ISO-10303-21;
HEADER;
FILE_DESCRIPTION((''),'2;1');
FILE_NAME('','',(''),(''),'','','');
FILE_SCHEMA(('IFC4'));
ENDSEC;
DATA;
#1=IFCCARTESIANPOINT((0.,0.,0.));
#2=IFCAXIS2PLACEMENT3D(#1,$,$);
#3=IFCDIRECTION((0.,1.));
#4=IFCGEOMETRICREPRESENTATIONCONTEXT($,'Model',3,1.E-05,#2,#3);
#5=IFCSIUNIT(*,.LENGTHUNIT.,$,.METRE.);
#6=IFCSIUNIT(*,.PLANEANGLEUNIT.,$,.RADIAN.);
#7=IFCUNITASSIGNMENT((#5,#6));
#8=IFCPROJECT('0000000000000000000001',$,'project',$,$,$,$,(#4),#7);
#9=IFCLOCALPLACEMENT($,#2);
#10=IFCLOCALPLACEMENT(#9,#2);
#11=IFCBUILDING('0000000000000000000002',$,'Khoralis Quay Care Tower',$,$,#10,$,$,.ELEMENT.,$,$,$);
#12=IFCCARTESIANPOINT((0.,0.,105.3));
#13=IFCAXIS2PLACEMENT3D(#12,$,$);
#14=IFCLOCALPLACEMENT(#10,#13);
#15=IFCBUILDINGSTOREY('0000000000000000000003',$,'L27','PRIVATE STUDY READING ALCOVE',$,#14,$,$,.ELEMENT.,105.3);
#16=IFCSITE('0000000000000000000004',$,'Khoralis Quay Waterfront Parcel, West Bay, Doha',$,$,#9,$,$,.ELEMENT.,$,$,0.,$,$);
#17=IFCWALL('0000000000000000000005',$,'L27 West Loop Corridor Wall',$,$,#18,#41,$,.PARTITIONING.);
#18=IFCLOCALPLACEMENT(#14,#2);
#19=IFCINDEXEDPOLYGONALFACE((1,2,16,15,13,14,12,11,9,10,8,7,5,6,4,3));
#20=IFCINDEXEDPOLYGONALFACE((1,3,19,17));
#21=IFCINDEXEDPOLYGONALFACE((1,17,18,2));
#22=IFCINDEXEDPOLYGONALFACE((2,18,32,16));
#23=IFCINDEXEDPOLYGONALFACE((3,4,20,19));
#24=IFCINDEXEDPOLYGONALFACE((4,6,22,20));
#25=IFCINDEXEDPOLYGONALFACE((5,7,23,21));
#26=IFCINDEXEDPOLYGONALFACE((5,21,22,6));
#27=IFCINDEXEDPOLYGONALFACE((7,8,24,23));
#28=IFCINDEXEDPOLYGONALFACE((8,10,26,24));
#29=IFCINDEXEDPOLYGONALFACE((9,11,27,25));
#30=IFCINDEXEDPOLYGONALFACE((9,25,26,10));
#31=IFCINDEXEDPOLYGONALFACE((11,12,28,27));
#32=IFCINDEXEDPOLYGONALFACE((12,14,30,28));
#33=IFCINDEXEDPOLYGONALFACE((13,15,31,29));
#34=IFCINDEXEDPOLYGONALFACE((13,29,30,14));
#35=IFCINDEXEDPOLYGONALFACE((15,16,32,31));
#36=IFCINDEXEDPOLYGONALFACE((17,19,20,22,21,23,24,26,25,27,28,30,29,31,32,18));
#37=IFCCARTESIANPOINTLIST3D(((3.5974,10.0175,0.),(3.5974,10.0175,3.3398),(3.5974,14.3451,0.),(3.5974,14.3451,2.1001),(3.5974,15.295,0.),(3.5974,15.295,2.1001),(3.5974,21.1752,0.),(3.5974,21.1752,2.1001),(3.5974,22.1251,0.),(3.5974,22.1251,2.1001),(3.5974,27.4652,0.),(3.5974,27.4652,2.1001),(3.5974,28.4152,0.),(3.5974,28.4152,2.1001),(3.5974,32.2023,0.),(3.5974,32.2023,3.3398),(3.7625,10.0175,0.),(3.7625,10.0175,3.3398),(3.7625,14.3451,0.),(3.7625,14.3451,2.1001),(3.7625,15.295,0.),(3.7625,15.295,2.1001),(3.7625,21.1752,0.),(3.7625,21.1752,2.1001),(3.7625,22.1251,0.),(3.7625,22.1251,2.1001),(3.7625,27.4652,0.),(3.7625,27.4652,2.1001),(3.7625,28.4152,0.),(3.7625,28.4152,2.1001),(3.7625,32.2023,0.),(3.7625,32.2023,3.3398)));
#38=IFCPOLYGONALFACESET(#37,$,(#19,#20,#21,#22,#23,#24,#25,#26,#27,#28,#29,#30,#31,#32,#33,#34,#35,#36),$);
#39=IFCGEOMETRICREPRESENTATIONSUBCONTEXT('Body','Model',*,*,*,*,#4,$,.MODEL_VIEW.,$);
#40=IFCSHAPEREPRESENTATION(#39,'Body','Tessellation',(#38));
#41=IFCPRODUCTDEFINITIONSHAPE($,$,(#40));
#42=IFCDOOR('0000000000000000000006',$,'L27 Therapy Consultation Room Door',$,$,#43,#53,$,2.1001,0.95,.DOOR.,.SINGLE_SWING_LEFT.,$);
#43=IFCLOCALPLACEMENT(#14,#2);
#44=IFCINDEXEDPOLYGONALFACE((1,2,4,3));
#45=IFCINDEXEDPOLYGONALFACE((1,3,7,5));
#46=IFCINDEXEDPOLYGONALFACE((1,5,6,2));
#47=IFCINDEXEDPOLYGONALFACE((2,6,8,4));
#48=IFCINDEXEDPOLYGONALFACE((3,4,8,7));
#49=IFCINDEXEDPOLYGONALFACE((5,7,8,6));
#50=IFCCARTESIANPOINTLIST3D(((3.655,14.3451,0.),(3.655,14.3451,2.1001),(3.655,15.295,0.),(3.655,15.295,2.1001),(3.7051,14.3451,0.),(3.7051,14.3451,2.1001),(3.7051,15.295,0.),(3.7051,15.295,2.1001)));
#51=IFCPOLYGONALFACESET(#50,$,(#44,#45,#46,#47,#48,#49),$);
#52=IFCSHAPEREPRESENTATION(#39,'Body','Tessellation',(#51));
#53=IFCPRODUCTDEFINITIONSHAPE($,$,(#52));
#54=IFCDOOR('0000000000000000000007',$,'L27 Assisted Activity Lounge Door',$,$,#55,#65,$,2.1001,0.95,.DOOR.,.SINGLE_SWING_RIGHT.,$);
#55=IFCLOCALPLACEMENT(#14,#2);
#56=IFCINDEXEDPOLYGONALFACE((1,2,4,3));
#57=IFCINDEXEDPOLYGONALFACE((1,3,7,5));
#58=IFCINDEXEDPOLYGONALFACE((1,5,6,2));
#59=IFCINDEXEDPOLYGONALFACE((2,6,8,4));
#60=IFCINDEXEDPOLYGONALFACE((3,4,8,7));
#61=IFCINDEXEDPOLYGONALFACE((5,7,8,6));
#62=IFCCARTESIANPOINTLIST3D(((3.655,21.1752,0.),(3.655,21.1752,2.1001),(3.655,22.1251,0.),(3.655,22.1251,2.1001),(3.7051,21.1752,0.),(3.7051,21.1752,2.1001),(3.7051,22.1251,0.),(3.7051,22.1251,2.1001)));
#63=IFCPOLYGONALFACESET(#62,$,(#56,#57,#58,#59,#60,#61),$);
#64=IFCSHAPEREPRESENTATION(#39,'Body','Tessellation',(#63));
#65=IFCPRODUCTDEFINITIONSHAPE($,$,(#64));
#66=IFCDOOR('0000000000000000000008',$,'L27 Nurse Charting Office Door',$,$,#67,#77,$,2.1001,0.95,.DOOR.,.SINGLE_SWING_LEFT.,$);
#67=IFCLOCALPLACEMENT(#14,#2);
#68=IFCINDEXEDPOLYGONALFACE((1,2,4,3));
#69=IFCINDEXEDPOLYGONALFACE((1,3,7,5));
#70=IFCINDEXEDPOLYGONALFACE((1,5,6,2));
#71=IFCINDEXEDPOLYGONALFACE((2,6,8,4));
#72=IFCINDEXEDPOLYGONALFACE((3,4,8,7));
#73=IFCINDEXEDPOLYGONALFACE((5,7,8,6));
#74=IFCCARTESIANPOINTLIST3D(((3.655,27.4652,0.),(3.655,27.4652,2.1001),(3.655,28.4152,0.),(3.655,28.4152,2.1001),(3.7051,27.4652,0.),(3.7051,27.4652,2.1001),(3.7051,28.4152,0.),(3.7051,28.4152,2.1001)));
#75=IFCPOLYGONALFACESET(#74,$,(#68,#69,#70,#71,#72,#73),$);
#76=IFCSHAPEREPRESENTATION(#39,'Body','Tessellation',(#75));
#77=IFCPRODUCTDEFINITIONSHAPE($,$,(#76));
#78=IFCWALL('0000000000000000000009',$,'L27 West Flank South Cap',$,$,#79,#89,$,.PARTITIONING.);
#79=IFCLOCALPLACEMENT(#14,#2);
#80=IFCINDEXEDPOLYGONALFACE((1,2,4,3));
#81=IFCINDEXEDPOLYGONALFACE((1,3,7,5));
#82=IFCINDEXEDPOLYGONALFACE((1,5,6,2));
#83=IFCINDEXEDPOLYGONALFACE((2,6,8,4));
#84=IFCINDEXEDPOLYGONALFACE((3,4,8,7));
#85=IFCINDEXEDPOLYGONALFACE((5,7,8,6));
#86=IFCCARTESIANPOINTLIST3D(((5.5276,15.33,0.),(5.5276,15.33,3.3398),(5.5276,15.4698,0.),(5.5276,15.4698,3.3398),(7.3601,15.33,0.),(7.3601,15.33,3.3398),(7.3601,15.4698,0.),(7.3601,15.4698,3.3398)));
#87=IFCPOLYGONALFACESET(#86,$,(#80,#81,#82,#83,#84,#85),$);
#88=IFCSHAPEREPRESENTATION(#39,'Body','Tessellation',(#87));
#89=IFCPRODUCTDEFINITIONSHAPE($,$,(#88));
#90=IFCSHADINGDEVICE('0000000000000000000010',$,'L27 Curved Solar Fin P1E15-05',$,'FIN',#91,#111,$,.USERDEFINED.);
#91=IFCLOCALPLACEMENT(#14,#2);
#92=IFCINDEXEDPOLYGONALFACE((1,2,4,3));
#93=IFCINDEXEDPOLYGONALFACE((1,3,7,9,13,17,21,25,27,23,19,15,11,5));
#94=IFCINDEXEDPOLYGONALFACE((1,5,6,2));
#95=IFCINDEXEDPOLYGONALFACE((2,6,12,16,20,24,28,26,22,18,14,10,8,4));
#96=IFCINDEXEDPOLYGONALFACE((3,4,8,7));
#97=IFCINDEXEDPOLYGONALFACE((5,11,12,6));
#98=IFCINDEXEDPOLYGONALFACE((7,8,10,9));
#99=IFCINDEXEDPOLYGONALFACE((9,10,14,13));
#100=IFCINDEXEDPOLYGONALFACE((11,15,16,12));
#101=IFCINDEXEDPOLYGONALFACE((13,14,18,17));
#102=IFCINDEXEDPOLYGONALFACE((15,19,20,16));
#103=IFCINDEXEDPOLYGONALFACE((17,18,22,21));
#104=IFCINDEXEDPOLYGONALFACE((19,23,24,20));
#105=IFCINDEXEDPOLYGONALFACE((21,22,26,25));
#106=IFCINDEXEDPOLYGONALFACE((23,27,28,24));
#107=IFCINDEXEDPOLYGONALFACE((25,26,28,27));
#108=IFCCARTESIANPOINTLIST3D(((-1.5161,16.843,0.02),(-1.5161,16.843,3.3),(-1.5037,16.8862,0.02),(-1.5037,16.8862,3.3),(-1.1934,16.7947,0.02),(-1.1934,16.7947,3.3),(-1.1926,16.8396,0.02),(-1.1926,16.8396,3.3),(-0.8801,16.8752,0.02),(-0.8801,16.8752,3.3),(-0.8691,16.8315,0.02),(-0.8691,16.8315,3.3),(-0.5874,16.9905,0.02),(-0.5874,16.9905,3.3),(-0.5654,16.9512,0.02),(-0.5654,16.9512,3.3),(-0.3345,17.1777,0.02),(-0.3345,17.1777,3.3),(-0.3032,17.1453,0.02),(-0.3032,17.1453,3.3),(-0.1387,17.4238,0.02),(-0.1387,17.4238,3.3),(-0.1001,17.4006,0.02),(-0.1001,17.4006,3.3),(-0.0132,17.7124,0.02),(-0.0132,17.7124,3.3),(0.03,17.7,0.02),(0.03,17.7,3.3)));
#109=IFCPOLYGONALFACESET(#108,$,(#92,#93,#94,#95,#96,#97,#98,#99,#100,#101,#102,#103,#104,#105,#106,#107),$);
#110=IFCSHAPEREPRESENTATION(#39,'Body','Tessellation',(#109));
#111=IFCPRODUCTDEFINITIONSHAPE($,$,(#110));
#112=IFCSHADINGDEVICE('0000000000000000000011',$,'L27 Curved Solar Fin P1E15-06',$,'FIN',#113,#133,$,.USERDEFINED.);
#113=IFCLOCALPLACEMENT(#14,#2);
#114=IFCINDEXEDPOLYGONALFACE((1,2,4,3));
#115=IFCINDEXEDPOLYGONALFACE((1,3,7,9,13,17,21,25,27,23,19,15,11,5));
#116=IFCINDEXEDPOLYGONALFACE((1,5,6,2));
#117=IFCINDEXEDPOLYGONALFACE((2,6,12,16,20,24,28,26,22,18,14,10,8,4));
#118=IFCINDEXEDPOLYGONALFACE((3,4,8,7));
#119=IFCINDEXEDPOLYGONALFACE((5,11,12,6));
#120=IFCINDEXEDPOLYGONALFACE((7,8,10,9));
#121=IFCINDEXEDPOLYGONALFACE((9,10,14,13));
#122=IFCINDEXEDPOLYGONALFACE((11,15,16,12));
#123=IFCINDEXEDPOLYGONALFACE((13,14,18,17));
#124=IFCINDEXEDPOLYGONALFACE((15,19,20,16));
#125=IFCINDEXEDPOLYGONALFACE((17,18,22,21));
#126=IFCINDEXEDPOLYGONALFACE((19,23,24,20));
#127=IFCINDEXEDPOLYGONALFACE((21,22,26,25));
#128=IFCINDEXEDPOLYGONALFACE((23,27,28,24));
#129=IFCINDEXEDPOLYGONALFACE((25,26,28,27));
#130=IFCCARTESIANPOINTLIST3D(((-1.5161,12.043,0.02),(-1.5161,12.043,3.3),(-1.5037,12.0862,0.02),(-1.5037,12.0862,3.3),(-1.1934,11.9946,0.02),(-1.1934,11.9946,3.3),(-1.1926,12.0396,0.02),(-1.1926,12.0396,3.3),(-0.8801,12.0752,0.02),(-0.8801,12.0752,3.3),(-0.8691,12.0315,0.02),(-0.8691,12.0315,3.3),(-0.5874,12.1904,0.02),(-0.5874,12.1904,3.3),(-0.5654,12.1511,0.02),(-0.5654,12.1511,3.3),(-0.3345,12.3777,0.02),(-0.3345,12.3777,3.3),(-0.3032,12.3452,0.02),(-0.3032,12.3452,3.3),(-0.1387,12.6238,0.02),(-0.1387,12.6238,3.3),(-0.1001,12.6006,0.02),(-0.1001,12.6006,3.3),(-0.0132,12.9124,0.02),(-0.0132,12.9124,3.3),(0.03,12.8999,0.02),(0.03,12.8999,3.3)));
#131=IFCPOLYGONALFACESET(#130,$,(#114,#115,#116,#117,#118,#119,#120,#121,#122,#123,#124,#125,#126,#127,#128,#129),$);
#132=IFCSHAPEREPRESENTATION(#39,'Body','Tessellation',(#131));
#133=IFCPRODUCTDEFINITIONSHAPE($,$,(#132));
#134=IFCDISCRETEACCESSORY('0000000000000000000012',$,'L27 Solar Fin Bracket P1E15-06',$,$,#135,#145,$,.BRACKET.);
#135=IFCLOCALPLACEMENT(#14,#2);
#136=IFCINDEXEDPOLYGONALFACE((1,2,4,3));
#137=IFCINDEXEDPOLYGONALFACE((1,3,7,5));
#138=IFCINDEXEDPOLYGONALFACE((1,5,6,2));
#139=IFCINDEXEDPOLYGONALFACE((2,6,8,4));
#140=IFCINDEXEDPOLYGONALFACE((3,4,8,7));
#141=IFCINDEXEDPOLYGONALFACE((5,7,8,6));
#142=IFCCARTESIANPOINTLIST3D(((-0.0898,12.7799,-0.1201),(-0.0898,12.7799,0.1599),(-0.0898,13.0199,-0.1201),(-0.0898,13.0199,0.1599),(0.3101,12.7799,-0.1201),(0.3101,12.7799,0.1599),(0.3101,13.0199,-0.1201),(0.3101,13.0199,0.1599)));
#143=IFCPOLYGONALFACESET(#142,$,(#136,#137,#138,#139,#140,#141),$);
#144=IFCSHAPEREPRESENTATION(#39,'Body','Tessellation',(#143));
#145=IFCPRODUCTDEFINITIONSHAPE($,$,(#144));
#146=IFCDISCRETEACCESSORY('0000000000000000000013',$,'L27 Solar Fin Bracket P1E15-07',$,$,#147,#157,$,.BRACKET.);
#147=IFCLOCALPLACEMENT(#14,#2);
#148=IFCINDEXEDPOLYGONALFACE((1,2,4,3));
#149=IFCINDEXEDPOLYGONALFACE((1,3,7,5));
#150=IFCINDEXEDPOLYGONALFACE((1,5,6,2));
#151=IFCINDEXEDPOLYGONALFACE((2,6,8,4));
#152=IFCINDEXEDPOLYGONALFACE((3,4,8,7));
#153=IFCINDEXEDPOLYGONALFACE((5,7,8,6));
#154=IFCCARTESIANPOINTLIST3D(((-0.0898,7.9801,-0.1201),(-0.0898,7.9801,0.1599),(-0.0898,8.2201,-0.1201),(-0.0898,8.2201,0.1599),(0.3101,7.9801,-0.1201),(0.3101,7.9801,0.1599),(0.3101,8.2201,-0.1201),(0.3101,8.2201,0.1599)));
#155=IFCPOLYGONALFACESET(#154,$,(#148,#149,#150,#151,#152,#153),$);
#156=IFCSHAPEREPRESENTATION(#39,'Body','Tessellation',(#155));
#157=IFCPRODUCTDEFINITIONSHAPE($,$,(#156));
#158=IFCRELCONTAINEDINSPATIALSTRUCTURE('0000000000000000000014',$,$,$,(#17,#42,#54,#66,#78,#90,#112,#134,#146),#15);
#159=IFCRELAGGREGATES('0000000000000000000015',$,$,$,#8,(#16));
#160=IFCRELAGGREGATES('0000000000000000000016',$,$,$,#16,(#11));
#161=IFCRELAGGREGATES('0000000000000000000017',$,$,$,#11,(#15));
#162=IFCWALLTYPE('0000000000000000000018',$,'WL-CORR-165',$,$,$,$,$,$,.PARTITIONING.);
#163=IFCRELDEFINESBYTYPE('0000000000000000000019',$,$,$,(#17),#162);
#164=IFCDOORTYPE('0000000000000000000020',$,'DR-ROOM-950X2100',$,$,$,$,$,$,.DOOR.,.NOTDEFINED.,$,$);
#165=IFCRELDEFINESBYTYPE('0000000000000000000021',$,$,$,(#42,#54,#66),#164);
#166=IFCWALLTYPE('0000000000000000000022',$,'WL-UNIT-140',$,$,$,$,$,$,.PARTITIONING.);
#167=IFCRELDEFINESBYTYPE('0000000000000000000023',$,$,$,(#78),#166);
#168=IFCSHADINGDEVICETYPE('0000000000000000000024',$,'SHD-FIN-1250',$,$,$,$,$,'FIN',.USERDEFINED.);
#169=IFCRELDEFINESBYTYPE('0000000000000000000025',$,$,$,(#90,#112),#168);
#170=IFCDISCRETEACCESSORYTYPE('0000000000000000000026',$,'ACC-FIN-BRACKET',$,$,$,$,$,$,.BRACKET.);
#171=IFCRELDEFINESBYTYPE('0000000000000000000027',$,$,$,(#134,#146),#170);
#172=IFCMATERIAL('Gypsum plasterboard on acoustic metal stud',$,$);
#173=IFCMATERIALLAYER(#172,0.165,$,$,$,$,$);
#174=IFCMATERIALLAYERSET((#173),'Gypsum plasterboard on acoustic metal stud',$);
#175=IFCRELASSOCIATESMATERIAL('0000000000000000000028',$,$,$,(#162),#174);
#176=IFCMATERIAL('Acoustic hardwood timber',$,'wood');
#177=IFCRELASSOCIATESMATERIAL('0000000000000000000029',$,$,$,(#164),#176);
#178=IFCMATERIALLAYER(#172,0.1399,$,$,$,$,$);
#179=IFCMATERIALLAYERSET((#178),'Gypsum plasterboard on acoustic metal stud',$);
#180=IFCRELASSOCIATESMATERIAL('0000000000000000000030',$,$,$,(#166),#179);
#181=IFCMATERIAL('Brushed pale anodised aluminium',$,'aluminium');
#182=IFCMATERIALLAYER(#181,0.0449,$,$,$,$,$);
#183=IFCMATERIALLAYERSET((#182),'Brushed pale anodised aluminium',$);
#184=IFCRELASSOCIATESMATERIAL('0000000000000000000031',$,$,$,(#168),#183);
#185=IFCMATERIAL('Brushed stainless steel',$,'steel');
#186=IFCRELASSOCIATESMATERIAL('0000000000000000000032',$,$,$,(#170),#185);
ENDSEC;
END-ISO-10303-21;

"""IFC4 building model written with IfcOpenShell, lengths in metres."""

from ifc_helpers import new_model, si_unit, direction, frame, frame_2d, origin, origin_2d, place, context, subcontext, project, spatial, polyline, rectangle, outline, extrude, source, transform, mapped, material, layer, layer_set, type_object, element, fill, save


model = new_model("IFC4")

# Units and contexts
model_context = context("Model", 3, precision=1e-05, world=origin(), true_north=direction((0.0, 1.0)))
body_context = subcontext(model_context, "Body", "Model", "MODEL_VIEW")
ifc_project = project(units=[si_unit("LENGTHUNIT", "METRE"), si_unit("PLANEANGLEUNIT", "RADIAN")], contexts=[model_context])

# Site, building, storey
site_placement = place(None, origin())
site = spatial("IfcSite", under=ifc_project, at=site_placement, Name="Khoralis Quay Waterfront Parcel, West Bay, Doha", CompositionType="ELEMENT", RefElevation=0.0)
building_placement = place(site_placement, origin())
building = spatial("IfcBuilding", under=site, at=building_placement, Name="Khoralis Quay Care Tower", CompositionType="ELEMENT")
storey_placement = place(building_placement, frame((0.0, 0.0, 105.3)))
storey = spatial("IfcBuildingStorey", under=building, at=storey_placement, Name="L27", Description="PRIVATE STUDY READING ALCOVE", CompositionType="ELEMENT", Elevation=105.3)

# Wall, openings, doors
ifc_material_1 = material(Name="Gypsum plasterboard on acoustic metal stud")
ifc_layer_1 = layer(ifc_material_1, 0.165)
ifc_layer_set_1 = layer_set([ifc_layer_1], Name="Gypsum plasterboard on acoustic metal stud")
wall_type_1 = type_object("IfcWallType", Name="WL-CORR-165", PredefinedType="PARTITIONING", material=ifc_layer_set_1)
ifc_material_2 = material(Name="Acoustic hardwood timber", Category="wood")
door_type_1 = type_object("IfcDoorType", Name="DR-ROOM-950X2100", OperationType="NOTDEFINED", PredefinedType="DOOR", material=ifc_material_2)
shared_shape_1 = source(origin(), body_context, "Body", "SweptSolid", [
    extrude(rectangle(XDim=0.95, YDim=2.1001, at=frame_2d((0.4751, 1.05))), frame((0.0, 0.0249, 0.0), z_axis=(0.0, -1.0, 0.0), x_axis=(1.0, 0.0, 0.0)), (0.0, 0.0, 1.0), 0.05),
])
wall_1_placement = place(storey_placement, frame((3.6799, 10.0176, 0.0), z_axis=(0.0, 0.0, 1.0), x_axis=(0.0, 1.0, 0.0)))
wall_1 = element("IfcWall", 1, at=wall_1_placement, inside=storey, type_object=wall_type_1, Name="L27 West Loop Corridor Wall", PredefinedType="PARTITIONING", context=body_context, shape_type="SweptSolid", body=[
    extrude(rectangle(XDim=22.1848, YDim=0.165, at=frame_2d((11.0923, 0.0))), origin(), (0.0, 0.0, 1.0), 3.3398),
])
opening_1_placement = place(wall_1_placement, frame((4.3274, 0.0, 0.0)))
opening_1 = element("IfcOpeningElement", 2, at=opening_1_placement, cuts=wall_1, PredefinedType="OPENING", context=body_context, shape_type="SweptSolid", body=[
    extrude(rectangle(XDim=0.95, YDim=2.1001, at=frame_2d((0.4751, 1.05))), frame((0.0, 0.0925, 0.0), z_axis=(0.0, -1.0, 0.0), x_axis=(1.0, 0.0, 0.0)), (0.0, 0.0, 1.0), 0.1851),
])
opening_2_placement = place(wall_1_placement, frame((11.1575, 0.0, 0.0)))
opening_2 = element("IfcOpeningElement", 3, at=opening_2_placement, cuts=wall_1, PredefinedType="OPENING", context=body_context, shape_type="SweptSolid", body=[
    extrude(rectangle(XDim=0.95, YDim=2.1001, at=frame_2d((0.4751, 1.05))), frame((0.0, 0.0925, 0.0), z_axis=(0.0, -1.0, 0.0), x_axis=(1.0, 0.0, 0.0)), (0.0, 0.0, 1.0), 0.1851),
])
opening_3_placement = place(wall_1_placement, frame((17.4475, 0.0, 0.0)))
opening_3 = element("IfcOpeningElement", 4, at=opening_3_placement, cuts=wall_1, PredefinedType="OPENING", context=body_context, shape_type="SweptSolid", body=[
    extrude(rectangle(XDim=0.95, YDim=2.1001, at=frame_2d((0.4751, 1.05))), frame((0.0, 0.0925, 0.0), z_axis=(0.0, -1.0, 0.0), x_axis=(1.0, 0.0, 0.0)), (0.0, 0.0, 1.0), 0.1851),
])
door_1_placement = place(opening_1_placement, origin())
door_1 = element("IfcDoor", 5, at=door_1_placement, inside=storey, type_object=door_type_1, Name="L27 Therapy Consultation Room Door", OperationType="SINGLE_SWING_LEFT", OverallHeight=2.1001, OverallWidth=0.95, PredefinedType="DOOR", context=body_context, shape_type="MappedRepresentation", body=[
    mapped(shared_shape_1, transform((0.0, 0.0, 0.0), scale=1.0)),
])
fill(opening_1, door_1)
door_2_placement = place(opening_2_placement, origin())
door_2 = element("IfcDoor", 6, at=door_2_placement, inside=storey, type_object=door_type_1, Name="L27 Assisted Activity Lounge Door", OperationType="SINGLE_SWING_RIGHT", OverallHeight=2.1001, OverallWidth=0.95, PredefinedType="DOOR", context=body_context, shape_type="MappedRepresentation", body=[
    mapped(shared_shape_1, transform((0.0, 0.0, 0.0), scale=1.0)),
])
fill(opening_2, door_2)
door_3_placement = place(opening_3_placement, origin())
door_3 = element("IfcDoor", 7, at=door_3_placement, inside=storey, type_object=door_type_1, Name="L27 Nurse Charting Office Door", OperationType="SINGLE_SWING_LEFT", OverallHeight=2.1001, OverallWidth=0.95, PredefinedType="DOOR", context=body_context, shape_type="MappedRepresentation", body=[
    mapped(shared_shape_1, transform((0.0, 0.0, 0.0), scale=1.0)),
])
fill(opening_3, door_3)

# Wall
ifc_layer_2 = layer(ifc_material_1, 0.1399)
ifc_layer_set_2 = layer_set([ifc_layer_2], Name="Gypsum plasterboard on acoustic metal stud")
wall_type_2 = type_object("IfcWallType", Name="WL-UNIT-140", PredefinedType="PARTITIONING", material=ifc_layer_set_2)
wall_2_placement = place(storey_placement, frame((5.5276, 15.3999, 0.0), z_axis=(0.0, 0.0, 1.0), x_axis=(1.0, 0.0, 0.0)))
element("IfcWall", 8, at=wall_2_placement, inside=storey, type_object=wall_type_2, Name="L27 West Flank South Cap", PredefinedType="PARTITIONING", context=body_context, shape_type="SweptSolid", body=[
    extrude(rectangle(XDim=1.8325, YDim=0.1399, at=frame_2d((0.9163, 0.0))), origin(), (0.0, 0.0, 1.0), 3.3398),
])

# Shading devices
ifc_material_3 = material(Name="Brushed pale anodised aluminium", Category="aluminium")
ifc_layer_3 = layer(ifc_material_3, 0.0449)
ifc_layer_set_3 = layer_set([ifc_layer_3], Name="Brushed pale anodised aluminium")
shading_device_type = type_object("IfcShadingDeviceType", Name="SHD-FIN-1250", ElementType="FIN", PredefinedType="USERDEFINED", material=ifc_layer_set_3)
shared_shape_2 = source(origin(), body_context, "Body", "SweptSolid", [
    extrude(outline(polyline([(0.0, 0.0), (0.1301, 0.2993), (0.3333, 0.5547), (0.5955, 0.7488), (0.8992, 0.8684), (1.2234, 0.9053), (1.5461, 0.8569), (1.5337, 0.8137), (1.2227, 0.8604), (0.9102, 0.8247), (0.6174, 0.7095), (0.3645, 0.5222), (0.1687, 0.2761), (0.0432, -0.0125), (0.0, 0.0)])), origin(), (0.0, 0.0, 1.0), 3.28),
])
for number, where, z_axis, x_axis, name in (
    (9, (0.03, 17.7, 0.02), (0.0, 0.0, 1.0), (-1.0, 0.0, 0.0), "L27 Curved Solar Fin P1E15-05"),
    (10, (0.03, 12.8999, 0.02), (0.0, 0.0, 1.0), (-1.0, 0.0, 0.0), "L27 Curved Solar Fin P1E15-06"),
):
    element("IfcShadingDevice", number, at=place(storey_placement, frame(where, z_axis=z_axis, x_axis=x_axis)), inside=storey, type_object=shading_device_type, Name=name, ObjectType="FIN", PredefinedType="USERDEFINED", context=body_context, shape_type="MappedRepresentation", body=[
        mapped(shared_shape_2, transform((0.0, 0.0, 0.0), scale=1.0)),
    ])

# Discrete accessories
ifc_material_4 = material(Name="Brushed stainless steel", Category="steel")
discrete_accessory_type = type_object("IfcDiscreteAccessoryType", Name="ACC-FIN-BRACKET", PredefinedType="BRACKET", material=ifc_material_4)
shared_shape_3 = source(origin(), body_context, "Body", "SweptSolid", [
    extrude(rectangle(XDim=0.3999, YDim=0.24, at=origin_2d()), origin(), (0.0, 0.0, 1.0), 0.28),
])
for number, where, z_axis, x_axis, name in (
    (11, (0.1101, 12.8999, -0.1201), (0.0, 0.0, 1.0), (-1.0, 0.0, 0.0), "L27 Solar Fin Bracket P1E15-06"),
    (12, (0.1101, 8.1001, -0.1201), (0.0, 0.0, 1.0), (-1.0, 0.0, 0.0), "L27 Solar Fin Bracket P1E15-07"),
):
    element("IfcDiscreteAccessory", number, at=place(storey_placement, frame(where, z_axis=z_axis, x_axis=x_axis)), inside=storey, type_object=discrete_accessory_type, Name=name, PredefinedType="BRACKET", context=body_context, shape_type="MappedRepresentation", body=[
        mapped(shared_shape_3, transform((0.0, 0.0, 0.0), scale=1.0)),
    ])

save(model, "model.ifc")
